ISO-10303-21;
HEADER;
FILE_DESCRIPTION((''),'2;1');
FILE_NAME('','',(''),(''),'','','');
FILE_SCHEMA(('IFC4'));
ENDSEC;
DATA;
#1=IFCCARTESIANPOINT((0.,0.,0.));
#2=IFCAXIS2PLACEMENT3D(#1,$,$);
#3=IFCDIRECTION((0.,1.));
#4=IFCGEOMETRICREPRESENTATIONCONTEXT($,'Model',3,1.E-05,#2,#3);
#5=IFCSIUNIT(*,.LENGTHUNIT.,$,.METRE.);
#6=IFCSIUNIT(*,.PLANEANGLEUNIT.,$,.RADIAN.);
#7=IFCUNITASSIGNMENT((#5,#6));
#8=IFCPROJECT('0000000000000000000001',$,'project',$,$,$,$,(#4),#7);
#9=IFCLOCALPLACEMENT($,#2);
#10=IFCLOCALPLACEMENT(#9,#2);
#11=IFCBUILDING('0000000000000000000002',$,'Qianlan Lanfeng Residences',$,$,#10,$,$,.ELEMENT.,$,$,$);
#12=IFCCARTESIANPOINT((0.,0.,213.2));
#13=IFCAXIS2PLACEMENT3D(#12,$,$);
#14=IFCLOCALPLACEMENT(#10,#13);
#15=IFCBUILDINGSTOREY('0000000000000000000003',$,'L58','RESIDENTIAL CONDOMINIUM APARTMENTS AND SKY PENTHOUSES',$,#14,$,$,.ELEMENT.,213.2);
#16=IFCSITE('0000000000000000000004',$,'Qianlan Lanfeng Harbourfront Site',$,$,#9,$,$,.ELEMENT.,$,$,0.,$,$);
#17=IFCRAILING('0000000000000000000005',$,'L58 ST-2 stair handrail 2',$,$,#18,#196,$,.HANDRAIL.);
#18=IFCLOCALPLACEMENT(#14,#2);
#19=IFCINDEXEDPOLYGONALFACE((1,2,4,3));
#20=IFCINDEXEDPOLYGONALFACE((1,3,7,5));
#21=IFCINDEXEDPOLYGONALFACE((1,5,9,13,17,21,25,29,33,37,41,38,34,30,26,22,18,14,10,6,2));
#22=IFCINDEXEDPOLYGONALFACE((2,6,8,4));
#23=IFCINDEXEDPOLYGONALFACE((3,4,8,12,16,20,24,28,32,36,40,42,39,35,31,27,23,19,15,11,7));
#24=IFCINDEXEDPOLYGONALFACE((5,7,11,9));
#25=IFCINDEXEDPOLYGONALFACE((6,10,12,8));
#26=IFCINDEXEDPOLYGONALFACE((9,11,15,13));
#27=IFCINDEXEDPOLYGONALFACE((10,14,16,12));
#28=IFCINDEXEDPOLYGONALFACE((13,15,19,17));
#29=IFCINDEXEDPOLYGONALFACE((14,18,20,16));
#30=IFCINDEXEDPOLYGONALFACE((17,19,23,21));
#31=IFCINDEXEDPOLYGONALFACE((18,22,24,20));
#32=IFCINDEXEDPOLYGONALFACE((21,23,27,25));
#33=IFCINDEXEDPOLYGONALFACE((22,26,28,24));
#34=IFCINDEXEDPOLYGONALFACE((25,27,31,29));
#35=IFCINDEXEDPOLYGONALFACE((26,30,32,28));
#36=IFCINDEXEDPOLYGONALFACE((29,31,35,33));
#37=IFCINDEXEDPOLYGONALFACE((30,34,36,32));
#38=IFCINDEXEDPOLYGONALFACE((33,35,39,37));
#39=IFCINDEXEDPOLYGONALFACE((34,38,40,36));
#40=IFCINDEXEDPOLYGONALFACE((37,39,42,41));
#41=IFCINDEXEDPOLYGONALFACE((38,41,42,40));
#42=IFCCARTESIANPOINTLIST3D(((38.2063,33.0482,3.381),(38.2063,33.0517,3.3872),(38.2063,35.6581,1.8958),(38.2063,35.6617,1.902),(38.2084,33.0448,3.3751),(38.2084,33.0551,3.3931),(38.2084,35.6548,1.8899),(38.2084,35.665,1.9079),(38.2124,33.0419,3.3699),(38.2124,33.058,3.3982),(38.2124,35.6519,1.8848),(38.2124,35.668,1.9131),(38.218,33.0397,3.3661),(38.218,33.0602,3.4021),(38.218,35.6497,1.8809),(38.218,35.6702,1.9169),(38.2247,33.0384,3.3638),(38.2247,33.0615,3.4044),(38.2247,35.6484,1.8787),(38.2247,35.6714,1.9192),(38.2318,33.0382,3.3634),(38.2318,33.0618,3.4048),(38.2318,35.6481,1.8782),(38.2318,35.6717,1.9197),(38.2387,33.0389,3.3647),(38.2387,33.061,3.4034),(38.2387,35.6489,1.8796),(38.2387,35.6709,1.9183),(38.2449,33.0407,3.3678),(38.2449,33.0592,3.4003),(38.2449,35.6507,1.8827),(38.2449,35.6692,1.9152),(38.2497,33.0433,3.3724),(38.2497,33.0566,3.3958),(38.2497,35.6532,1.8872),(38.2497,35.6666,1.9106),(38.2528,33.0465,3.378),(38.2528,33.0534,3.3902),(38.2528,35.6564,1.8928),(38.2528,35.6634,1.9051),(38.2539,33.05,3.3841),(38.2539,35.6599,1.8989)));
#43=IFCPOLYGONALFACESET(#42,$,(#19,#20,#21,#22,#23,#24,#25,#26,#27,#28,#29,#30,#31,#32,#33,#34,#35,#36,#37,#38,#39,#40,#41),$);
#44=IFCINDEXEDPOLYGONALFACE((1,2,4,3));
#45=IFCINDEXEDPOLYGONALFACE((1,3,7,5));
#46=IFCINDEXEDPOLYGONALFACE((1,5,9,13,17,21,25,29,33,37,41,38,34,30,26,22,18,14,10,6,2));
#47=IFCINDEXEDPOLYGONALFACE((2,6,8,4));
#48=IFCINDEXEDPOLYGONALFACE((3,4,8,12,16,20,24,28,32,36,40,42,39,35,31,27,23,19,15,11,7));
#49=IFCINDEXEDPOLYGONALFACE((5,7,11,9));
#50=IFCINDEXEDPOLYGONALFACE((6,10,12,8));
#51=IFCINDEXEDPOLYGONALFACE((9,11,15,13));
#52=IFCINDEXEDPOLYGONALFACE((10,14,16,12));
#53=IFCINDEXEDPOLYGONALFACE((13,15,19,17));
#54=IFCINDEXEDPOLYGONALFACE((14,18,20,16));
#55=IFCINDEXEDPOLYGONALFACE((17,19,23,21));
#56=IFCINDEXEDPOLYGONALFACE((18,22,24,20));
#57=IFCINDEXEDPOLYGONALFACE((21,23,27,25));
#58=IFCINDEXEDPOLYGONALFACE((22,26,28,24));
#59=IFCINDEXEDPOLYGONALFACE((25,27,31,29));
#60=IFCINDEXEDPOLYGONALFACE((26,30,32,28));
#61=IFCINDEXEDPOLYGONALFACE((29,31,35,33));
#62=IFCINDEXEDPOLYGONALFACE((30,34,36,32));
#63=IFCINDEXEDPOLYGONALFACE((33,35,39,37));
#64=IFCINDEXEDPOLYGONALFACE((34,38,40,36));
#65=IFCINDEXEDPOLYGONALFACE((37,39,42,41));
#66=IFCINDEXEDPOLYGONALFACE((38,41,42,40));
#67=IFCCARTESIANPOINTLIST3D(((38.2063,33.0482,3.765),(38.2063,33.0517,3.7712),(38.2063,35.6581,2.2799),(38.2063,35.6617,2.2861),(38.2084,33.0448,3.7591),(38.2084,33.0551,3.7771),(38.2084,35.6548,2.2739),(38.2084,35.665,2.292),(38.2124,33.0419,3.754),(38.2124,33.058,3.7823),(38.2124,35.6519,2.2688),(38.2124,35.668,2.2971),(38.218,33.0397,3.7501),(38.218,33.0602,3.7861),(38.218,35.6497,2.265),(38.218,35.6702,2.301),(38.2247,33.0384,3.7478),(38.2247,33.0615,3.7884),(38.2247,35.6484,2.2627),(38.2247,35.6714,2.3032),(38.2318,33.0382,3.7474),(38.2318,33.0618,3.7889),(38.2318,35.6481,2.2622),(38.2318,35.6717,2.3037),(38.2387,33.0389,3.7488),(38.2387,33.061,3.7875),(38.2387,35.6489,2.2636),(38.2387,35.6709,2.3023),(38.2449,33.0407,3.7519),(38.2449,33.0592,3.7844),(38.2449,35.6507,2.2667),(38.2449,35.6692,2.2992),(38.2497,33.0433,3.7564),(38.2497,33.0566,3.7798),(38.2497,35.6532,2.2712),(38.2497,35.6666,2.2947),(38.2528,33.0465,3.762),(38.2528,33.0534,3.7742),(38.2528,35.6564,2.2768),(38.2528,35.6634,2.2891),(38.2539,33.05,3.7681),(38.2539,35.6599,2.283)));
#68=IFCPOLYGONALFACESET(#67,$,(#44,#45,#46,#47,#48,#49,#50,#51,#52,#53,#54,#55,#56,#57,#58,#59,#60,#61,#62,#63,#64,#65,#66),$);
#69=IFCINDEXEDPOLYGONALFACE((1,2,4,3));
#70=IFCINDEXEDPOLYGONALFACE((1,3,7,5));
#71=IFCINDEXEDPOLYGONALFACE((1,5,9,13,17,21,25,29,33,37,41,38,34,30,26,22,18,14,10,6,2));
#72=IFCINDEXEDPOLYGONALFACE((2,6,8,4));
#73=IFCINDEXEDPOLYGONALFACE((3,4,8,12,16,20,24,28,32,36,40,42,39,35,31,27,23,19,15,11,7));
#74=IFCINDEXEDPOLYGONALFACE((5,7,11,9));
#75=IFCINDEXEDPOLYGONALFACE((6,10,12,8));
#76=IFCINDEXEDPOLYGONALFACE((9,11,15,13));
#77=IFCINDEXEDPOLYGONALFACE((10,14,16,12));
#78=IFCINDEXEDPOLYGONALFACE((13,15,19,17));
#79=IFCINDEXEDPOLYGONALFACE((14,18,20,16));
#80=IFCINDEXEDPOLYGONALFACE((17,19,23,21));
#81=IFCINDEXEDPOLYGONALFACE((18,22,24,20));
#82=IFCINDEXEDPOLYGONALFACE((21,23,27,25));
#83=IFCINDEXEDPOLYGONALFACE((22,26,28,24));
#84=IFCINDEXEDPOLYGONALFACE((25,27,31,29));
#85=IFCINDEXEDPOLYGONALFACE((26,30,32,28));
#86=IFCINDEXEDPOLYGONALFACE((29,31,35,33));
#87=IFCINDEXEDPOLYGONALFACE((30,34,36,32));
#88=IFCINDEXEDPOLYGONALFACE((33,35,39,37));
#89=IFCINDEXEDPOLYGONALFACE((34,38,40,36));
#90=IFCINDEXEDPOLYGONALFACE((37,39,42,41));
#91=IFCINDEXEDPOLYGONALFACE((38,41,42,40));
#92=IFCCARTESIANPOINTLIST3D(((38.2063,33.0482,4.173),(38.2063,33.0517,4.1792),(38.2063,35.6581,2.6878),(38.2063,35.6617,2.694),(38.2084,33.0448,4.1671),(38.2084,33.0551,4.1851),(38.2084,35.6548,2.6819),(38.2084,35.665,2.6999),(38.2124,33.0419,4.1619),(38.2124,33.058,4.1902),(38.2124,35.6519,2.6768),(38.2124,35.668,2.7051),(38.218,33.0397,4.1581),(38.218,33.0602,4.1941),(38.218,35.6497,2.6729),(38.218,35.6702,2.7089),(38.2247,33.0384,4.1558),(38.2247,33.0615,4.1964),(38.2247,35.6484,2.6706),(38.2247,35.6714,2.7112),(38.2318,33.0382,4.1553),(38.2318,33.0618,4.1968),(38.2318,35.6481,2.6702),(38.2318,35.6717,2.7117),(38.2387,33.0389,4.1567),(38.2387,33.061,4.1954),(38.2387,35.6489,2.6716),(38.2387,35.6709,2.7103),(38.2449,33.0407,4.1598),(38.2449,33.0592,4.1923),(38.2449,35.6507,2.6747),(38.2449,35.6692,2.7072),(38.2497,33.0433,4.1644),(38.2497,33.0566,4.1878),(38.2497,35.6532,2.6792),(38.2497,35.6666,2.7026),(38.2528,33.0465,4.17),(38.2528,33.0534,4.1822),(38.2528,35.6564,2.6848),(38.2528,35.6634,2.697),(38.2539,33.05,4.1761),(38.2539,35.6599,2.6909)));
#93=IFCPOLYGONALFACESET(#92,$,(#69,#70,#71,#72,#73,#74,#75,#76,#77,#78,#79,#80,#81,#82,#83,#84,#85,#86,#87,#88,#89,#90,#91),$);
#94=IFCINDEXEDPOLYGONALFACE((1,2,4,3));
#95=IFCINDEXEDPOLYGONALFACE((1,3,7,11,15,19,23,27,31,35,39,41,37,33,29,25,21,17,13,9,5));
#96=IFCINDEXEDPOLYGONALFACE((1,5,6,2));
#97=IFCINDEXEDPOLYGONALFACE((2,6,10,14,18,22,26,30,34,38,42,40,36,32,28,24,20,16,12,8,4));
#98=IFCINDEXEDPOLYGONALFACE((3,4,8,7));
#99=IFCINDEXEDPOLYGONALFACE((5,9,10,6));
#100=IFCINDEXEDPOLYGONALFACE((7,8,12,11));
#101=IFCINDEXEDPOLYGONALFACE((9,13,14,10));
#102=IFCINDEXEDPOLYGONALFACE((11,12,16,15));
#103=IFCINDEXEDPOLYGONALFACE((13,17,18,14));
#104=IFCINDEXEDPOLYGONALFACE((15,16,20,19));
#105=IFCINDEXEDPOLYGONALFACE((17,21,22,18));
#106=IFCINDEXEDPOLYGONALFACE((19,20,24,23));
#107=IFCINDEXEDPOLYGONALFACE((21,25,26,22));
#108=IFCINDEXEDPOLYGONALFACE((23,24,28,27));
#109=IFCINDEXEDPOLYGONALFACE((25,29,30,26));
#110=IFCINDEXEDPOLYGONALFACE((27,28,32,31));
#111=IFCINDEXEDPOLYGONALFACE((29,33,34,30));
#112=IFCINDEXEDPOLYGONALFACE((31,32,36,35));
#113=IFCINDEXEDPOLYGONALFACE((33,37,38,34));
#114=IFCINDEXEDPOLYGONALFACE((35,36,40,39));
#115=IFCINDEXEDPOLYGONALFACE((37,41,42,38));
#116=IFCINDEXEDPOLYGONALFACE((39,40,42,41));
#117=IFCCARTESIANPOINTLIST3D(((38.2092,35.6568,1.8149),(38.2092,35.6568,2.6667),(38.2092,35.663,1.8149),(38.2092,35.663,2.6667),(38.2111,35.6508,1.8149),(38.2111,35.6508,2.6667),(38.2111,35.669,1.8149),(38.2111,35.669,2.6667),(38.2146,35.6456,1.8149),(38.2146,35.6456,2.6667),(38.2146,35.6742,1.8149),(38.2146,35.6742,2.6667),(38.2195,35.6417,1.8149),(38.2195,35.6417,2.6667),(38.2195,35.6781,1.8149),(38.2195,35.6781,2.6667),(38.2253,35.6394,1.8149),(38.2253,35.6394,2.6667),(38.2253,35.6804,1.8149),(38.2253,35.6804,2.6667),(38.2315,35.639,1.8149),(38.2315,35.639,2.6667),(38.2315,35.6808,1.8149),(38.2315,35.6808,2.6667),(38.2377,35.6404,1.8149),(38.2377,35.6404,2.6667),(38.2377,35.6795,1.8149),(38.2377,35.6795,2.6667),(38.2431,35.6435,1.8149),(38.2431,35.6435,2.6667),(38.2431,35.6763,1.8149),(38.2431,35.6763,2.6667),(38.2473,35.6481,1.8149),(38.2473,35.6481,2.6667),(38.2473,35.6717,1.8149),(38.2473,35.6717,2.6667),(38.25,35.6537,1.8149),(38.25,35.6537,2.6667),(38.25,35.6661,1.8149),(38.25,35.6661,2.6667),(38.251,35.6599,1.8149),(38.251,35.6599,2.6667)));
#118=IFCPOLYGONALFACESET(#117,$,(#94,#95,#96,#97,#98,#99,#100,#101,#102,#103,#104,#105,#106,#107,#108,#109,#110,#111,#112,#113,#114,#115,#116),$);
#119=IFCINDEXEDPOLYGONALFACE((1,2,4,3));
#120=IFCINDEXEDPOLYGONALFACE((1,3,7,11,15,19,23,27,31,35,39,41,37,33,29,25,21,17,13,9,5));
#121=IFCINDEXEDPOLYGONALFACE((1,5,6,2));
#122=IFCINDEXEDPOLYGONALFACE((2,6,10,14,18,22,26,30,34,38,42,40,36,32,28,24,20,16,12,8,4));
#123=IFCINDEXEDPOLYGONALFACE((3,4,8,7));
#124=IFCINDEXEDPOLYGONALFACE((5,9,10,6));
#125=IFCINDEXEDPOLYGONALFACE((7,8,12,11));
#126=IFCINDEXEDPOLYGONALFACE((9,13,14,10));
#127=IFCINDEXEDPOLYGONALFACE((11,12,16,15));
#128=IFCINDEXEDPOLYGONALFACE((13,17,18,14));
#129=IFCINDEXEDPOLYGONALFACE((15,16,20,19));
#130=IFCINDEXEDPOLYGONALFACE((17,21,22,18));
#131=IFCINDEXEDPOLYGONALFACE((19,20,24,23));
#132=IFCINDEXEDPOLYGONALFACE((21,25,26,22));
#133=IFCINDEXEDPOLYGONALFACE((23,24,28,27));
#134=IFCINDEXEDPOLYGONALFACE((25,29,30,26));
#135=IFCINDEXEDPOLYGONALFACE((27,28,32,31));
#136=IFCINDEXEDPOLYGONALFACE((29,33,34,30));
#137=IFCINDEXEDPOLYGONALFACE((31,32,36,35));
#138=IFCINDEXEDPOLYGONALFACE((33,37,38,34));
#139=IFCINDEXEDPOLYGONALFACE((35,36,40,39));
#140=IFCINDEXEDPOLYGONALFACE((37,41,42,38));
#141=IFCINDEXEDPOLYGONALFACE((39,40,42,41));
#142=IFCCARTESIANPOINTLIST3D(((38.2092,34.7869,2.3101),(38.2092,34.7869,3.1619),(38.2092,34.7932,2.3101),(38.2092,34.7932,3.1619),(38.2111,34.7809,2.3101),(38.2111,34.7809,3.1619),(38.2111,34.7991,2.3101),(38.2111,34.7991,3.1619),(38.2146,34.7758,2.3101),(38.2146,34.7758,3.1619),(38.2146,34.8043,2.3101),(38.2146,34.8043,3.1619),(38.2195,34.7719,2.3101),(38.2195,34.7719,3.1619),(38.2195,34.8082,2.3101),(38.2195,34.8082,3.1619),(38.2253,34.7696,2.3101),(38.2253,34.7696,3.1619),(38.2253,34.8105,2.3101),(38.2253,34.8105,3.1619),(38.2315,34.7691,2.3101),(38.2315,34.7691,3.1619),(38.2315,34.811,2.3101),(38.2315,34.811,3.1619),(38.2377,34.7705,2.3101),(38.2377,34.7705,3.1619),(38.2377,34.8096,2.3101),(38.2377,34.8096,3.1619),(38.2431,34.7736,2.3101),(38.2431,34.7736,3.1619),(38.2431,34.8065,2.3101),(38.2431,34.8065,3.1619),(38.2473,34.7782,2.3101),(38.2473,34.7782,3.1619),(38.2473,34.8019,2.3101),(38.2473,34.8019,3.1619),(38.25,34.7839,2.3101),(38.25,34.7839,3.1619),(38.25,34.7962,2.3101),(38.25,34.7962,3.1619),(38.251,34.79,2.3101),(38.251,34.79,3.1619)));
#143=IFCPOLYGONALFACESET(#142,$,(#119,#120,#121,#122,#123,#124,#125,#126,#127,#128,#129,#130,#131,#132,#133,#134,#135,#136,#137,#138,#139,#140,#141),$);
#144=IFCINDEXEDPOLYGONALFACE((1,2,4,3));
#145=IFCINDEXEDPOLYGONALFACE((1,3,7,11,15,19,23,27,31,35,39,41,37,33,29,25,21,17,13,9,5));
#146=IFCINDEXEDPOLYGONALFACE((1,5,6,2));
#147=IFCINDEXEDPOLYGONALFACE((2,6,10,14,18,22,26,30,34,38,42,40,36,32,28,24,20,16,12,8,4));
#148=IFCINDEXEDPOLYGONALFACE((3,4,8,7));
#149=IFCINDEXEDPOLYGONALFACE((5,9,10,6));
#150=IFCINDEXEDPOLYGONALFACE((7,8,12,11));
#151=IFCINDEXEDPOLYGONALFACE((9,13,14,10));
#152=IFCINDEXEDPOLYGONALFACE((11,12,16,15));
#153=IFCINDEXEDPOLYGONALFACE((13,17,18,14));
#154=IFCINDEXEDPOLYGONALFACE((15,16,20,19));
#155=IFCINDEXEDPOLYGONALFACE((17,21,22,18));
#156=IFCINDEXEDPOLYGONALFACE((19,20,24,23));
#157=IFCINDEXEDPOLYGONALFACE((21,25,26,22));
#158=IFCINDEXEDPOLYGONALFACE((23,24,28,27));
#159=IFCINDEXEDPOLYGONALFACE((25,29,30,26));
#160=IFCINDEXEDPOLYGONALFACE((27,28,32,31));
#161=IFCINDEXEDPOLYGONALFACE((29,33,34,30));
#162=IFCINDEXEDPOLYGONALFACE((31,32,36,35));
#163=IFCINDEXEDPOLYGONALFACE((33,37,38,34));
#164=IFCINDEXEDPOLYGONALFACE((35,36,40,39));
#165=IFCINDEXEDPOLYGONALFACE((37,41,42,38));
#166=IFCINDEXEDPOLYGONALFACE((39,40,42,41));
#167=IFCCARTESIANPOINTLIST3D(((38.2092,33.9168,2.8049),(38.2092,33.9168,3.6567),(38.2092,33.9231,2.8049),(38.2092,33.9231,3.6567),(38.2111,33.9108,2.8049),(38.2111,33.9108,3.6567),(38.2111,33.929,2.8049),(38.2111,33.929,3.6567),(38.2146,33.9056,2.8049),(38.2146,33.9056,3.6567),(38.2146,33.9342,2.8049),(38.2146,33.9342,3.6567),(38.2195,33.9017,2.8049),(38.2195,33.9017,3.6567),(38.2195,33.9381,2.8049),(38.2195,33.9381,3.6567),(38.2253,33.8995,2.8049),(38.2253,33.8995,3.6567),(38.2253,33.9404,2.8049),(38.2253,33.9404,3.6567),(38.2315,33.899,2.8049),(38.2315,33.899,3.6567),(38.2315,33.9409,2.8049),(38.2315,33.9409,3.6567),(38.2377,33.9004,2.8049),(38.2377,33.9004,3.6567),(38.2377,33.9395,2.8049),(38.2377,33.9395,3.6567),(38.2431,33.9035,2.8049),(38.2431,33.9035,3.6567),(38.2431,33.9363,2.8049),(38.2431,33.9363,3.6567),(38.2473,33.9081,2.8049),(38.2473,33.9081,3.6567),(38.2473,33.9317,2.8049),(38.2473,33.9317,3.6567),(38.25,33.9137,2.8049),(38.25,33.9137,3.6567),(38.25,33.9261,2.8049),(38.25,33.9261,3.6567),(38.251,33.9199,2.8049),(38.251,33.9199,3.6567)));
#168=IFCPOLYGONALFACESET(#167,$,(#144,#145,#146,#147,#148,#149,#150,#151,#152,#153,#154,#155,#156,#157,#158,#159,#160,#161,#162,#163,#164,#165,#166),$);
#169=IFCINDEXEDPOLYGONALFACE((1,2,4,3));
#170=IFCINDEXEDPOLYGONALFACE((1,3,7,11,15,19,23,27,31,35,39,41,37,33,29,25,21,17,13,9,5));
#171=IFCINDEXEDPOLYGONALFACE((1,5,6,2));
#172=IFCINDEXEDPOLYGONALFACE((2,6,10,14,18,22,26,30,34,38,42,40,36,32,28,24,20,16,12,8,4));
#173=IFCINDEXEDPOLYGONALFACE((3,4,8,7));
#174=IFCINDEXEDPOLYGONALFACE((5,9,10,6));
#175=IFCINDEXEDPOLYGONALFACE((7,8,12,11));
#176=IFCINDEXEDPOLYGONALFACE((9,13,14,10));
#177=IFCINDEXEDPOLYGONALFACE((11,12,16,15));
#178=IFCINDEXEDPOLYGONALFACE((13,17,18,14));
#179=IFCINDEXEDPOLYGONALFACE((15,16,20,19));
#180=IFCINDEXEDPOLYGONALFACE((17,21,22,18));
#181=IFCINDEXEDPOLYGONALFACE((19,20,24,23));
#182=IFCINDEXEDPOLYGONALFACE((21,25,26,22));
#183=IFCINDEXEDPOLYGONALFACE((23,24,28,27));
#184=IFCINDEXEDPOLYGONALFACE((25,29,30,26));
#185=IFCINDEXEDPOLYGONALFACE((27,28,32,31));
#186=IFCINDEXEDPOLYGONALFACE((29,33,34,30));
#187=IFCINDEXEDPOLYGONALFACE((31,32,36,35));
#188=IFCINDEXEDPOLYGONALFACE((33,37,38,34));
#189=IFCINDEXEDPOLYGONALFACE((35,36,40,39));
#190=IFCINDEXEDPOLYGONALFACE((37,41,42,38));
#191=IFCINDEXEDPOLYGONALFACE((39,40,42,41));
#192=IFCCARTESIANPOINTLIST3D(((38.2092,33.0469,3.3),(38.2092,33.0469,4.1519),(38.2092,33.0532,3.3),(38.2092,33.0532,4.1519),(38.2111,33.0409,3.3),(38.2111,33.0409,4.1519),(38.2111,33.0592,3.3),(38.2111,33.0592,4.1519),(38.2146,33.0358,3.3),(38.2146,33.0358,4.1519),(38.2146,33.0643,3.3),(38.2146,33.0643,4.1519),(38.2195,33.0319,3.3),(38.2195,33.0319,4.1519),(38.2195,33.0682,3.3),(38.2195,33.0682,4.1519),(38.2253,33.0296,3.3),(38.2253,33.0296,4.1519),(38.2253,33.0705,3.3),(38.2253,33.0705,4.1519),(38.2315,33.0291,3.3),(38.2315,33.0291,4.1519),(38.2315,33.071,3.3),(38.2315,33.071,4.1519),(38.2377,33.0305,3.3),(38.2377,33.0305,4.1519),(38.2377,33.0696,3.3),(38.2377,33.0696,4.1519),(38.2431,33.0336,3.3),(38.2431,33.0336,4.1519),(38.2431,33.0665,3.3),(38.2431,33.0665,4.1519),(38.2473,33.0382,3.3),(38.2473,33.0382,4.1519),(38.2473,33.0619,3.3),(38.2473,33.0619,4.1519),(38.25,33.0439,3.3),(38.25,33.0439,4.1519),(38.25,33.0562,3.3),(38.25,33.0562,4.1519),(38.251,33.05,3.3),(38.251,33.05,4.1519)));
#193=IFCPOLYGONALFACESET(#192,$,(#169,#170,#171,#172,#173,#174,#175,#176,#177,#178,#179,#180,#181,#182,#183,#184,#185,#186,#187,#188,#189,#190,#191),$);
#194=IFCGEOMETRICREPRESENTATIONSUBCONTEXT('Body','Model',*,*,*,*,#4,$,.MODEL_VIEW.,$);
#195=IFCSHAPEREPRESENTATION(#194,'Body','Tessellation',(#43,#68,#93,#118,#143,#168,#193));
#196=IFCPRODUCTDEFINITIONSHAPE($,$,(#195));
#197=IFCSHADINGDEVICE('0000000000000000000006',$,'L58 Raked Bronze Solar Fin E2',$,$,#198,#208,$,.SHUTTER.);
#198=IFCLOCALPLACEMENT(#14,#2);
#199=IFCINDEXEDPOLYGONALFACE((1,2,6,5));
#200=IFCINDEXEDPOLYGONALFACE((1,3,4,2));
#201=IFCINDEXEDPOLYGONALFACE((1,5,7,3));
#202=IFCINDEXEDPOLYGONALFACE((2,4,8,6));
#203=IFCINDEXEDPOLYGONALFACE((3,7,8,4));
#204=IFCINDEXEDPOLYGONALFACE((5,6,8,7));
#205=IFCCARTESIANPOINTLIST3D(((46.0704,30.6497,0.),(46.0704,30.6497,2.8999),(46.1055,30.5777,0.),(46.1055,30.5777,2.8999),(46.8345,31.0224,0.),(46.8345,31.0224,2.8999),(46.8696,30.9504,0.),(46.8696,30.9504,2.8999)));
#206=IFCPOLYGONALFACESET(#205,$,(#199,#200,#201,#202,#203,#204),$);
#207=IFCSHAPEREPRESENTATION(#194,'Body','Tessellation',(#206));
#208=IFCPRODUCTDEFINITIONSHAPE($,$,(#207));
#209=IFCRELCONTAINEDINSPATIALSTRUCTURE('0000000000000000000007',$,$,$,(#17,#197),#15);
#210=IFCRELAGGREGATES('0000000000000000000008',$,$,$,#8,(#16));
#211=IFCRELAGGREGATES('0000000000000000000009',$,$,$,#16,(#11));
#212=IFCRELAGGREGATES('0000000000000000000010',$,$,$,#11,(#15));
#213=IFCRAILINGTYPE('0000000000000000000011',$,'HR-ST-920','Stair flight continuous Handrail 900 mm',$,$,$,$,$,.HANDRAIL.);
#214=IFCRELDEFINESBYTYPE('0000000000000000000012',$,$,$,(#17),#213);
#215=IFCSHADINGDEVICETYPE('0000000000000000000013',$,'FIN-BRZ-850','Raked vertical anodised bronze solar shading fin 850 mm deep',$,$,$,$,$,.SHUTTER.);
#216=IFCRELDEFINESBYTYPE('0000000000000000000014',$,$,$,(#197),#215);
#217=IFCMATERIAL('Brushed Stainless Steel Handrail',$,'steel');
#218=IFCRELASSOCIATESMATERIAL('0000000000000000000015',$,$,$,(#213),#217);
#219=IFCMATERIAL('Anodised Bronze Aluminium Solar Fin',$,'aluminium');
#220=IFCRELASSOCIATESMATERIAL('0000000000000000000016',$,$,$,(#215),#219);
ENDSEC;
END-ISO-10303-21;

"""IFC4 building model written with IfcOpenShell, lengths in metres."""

from ifc_helpers import new_model, si_unit, direction, frame, origin, origin_2d, place, context, subcontext, project, spatial, rectangle, circle, extrude, source, transform, mapped, material, type_object, element, save


model = new_model("IFC4")

# Units and contexts
model_context = context("Model", 3, precision=1e-05, world=origin(), true_north=direction((0.0, 1.0)))
body_context = subcontext(model_context, "Body", "Model", "MODEL_VIEW")
ifc_project = project(units=[si_unit("LENGTHUNIT", "METRE"), si_unit("PLANEANGLEUNIT", "RADIAN")], contexts=[model_context])

# Site, building, storey
site_placement = place(None, origin())
site = spatial("IfcSite", under=ifc_project, at=site_placement, Name="Qianlan Lanfeng Harbourfront Site", CompositionType="ELEMENT", RefElevation=0.0)
building_placement = place(site_placement, origin())
building = spatial("IfcBuilding", under=site, at=building_placement, Name="Qianlan Lanfeng Residences", CompositionType="ELEMENT")
storey_placement = place(building_placement, frame((0.0, 0.0, 213.2)))
storey = spatial("IfcBuildingStorey", under=building, at=storey_placement, Name="L58", Description="RESIDENTIAL CONDOMINIUM APARTMENTS AND SKY PENTHOUSES", CompositionType="ELEMENT", Elevation=213.2)

# Railing
ifc_material_1 = material(Name="Brushed Stainless Steel Handrail", Category="steel")
railing_type_1 = type_object("IfcRailingType", Name="HR-ST-920", Description="Stair flight continuous Handrail 900 mm", PredefinedType="HANDRAIL", material=ifc_material_1)
railing_1_placement = place(storey_placement, frame((38.23, 35.6599, 1.8149)))
element("IfcRailing", 1, at=railing_1_placement, inside=storey, type_object=railing_type_1, Name="L58 ST-2 stair handrail 2", PredefinedType="HANDRAIL", context=body_context, shape_type="SweptSolid", body=[
    extrude(circle(Radius=0.0239, at=origin_2d()), frame((0.0, 0.0, 0.084), z_axis=(0.0, -0.869137, 0.494571), x_axis=(1.0, 0.0, 0.0)), (0.0, 0.0, 1.0), 3.0029),
    extrude(circle(Radius=0.0239, at=origin_2d()), frame((0.0, 0.0, 0.468), z_axis=(0.0, -0.869137, 0.494571), x_axis=(1.0, 0.0, 0.0)), (0.0, 0.0, 1.0), 3.0029),
    extrude(circle(Radius=0.0239, at=origin_2d()), frame((0.0, 0.0, 0.876), z_axis=(0.0, -0.869137, 0.494571), x_axis=(1.0, 0.0, 0.0)), (0.0, 0.0, 1.0), 3.0029),
    extrude(circle(Radius=0.021, at=origin_2d()), origin(), (0.0, 0.0, 1.0), 0.8518),
    extrude(circle(Radius=0.021, at=origin_2d()), frame((0.0, -0.8699, 0.4951)), (0.0, 0.0, 1.0), 0.8518),
    extrude(circle(Radius=0.021, at=origin_2d()), frame((0.0, -1.74, 0.99)), (0.0, 0.0, 1.0), 0.8518),
    extrude(circle(Radius=0.021, at=origin_2d()), frame((0.0, -2.6099, 1.4851)), (0.0, 0.0, 1.0), 0.8518),
])

# Shading device
ifc_material_2 = material(Name="Anodised Bronze Aluminium Solar Fin", Category="aluminium")
shading_device_type = type_object("IfcShadingDeviceType", Name="FIN-BRZ-850", Description="Raked vertical anodised bronze solar shading fin 850 mm deep", PredefinedType="SHUTTER", material=ifc_material_2)
shared_shape = source(origin(), body_context, "Body", "SweptSolid", [
    extrude(rectangle(XDim=0.8501, YDim=0.0801, at=origin_2d()), origin(), (0.0, 0.0, 1.0), 2.8999),
])
shading_device_placement = place(storey_placement, frame((46.47, 30.8, 0.0), z_axis=(0.0, 0.0, 1.0), x_axis=(0.898794, 0.438371, 0.0)))
element("IfcShadingDevice", 2, at=shading_device_placement, inside=storey, type_object=shading_device_type, Name="L58 Raked Bronze Solar Fin E2", PredefinedType="SHUTTER", context=body_context, shape_type="MappedRepresentation", body=[
    mapped(shared_shape, transform((0.0, 0.0, 0.0), scale=1.0)),
])

save(model, "model.ifc")
